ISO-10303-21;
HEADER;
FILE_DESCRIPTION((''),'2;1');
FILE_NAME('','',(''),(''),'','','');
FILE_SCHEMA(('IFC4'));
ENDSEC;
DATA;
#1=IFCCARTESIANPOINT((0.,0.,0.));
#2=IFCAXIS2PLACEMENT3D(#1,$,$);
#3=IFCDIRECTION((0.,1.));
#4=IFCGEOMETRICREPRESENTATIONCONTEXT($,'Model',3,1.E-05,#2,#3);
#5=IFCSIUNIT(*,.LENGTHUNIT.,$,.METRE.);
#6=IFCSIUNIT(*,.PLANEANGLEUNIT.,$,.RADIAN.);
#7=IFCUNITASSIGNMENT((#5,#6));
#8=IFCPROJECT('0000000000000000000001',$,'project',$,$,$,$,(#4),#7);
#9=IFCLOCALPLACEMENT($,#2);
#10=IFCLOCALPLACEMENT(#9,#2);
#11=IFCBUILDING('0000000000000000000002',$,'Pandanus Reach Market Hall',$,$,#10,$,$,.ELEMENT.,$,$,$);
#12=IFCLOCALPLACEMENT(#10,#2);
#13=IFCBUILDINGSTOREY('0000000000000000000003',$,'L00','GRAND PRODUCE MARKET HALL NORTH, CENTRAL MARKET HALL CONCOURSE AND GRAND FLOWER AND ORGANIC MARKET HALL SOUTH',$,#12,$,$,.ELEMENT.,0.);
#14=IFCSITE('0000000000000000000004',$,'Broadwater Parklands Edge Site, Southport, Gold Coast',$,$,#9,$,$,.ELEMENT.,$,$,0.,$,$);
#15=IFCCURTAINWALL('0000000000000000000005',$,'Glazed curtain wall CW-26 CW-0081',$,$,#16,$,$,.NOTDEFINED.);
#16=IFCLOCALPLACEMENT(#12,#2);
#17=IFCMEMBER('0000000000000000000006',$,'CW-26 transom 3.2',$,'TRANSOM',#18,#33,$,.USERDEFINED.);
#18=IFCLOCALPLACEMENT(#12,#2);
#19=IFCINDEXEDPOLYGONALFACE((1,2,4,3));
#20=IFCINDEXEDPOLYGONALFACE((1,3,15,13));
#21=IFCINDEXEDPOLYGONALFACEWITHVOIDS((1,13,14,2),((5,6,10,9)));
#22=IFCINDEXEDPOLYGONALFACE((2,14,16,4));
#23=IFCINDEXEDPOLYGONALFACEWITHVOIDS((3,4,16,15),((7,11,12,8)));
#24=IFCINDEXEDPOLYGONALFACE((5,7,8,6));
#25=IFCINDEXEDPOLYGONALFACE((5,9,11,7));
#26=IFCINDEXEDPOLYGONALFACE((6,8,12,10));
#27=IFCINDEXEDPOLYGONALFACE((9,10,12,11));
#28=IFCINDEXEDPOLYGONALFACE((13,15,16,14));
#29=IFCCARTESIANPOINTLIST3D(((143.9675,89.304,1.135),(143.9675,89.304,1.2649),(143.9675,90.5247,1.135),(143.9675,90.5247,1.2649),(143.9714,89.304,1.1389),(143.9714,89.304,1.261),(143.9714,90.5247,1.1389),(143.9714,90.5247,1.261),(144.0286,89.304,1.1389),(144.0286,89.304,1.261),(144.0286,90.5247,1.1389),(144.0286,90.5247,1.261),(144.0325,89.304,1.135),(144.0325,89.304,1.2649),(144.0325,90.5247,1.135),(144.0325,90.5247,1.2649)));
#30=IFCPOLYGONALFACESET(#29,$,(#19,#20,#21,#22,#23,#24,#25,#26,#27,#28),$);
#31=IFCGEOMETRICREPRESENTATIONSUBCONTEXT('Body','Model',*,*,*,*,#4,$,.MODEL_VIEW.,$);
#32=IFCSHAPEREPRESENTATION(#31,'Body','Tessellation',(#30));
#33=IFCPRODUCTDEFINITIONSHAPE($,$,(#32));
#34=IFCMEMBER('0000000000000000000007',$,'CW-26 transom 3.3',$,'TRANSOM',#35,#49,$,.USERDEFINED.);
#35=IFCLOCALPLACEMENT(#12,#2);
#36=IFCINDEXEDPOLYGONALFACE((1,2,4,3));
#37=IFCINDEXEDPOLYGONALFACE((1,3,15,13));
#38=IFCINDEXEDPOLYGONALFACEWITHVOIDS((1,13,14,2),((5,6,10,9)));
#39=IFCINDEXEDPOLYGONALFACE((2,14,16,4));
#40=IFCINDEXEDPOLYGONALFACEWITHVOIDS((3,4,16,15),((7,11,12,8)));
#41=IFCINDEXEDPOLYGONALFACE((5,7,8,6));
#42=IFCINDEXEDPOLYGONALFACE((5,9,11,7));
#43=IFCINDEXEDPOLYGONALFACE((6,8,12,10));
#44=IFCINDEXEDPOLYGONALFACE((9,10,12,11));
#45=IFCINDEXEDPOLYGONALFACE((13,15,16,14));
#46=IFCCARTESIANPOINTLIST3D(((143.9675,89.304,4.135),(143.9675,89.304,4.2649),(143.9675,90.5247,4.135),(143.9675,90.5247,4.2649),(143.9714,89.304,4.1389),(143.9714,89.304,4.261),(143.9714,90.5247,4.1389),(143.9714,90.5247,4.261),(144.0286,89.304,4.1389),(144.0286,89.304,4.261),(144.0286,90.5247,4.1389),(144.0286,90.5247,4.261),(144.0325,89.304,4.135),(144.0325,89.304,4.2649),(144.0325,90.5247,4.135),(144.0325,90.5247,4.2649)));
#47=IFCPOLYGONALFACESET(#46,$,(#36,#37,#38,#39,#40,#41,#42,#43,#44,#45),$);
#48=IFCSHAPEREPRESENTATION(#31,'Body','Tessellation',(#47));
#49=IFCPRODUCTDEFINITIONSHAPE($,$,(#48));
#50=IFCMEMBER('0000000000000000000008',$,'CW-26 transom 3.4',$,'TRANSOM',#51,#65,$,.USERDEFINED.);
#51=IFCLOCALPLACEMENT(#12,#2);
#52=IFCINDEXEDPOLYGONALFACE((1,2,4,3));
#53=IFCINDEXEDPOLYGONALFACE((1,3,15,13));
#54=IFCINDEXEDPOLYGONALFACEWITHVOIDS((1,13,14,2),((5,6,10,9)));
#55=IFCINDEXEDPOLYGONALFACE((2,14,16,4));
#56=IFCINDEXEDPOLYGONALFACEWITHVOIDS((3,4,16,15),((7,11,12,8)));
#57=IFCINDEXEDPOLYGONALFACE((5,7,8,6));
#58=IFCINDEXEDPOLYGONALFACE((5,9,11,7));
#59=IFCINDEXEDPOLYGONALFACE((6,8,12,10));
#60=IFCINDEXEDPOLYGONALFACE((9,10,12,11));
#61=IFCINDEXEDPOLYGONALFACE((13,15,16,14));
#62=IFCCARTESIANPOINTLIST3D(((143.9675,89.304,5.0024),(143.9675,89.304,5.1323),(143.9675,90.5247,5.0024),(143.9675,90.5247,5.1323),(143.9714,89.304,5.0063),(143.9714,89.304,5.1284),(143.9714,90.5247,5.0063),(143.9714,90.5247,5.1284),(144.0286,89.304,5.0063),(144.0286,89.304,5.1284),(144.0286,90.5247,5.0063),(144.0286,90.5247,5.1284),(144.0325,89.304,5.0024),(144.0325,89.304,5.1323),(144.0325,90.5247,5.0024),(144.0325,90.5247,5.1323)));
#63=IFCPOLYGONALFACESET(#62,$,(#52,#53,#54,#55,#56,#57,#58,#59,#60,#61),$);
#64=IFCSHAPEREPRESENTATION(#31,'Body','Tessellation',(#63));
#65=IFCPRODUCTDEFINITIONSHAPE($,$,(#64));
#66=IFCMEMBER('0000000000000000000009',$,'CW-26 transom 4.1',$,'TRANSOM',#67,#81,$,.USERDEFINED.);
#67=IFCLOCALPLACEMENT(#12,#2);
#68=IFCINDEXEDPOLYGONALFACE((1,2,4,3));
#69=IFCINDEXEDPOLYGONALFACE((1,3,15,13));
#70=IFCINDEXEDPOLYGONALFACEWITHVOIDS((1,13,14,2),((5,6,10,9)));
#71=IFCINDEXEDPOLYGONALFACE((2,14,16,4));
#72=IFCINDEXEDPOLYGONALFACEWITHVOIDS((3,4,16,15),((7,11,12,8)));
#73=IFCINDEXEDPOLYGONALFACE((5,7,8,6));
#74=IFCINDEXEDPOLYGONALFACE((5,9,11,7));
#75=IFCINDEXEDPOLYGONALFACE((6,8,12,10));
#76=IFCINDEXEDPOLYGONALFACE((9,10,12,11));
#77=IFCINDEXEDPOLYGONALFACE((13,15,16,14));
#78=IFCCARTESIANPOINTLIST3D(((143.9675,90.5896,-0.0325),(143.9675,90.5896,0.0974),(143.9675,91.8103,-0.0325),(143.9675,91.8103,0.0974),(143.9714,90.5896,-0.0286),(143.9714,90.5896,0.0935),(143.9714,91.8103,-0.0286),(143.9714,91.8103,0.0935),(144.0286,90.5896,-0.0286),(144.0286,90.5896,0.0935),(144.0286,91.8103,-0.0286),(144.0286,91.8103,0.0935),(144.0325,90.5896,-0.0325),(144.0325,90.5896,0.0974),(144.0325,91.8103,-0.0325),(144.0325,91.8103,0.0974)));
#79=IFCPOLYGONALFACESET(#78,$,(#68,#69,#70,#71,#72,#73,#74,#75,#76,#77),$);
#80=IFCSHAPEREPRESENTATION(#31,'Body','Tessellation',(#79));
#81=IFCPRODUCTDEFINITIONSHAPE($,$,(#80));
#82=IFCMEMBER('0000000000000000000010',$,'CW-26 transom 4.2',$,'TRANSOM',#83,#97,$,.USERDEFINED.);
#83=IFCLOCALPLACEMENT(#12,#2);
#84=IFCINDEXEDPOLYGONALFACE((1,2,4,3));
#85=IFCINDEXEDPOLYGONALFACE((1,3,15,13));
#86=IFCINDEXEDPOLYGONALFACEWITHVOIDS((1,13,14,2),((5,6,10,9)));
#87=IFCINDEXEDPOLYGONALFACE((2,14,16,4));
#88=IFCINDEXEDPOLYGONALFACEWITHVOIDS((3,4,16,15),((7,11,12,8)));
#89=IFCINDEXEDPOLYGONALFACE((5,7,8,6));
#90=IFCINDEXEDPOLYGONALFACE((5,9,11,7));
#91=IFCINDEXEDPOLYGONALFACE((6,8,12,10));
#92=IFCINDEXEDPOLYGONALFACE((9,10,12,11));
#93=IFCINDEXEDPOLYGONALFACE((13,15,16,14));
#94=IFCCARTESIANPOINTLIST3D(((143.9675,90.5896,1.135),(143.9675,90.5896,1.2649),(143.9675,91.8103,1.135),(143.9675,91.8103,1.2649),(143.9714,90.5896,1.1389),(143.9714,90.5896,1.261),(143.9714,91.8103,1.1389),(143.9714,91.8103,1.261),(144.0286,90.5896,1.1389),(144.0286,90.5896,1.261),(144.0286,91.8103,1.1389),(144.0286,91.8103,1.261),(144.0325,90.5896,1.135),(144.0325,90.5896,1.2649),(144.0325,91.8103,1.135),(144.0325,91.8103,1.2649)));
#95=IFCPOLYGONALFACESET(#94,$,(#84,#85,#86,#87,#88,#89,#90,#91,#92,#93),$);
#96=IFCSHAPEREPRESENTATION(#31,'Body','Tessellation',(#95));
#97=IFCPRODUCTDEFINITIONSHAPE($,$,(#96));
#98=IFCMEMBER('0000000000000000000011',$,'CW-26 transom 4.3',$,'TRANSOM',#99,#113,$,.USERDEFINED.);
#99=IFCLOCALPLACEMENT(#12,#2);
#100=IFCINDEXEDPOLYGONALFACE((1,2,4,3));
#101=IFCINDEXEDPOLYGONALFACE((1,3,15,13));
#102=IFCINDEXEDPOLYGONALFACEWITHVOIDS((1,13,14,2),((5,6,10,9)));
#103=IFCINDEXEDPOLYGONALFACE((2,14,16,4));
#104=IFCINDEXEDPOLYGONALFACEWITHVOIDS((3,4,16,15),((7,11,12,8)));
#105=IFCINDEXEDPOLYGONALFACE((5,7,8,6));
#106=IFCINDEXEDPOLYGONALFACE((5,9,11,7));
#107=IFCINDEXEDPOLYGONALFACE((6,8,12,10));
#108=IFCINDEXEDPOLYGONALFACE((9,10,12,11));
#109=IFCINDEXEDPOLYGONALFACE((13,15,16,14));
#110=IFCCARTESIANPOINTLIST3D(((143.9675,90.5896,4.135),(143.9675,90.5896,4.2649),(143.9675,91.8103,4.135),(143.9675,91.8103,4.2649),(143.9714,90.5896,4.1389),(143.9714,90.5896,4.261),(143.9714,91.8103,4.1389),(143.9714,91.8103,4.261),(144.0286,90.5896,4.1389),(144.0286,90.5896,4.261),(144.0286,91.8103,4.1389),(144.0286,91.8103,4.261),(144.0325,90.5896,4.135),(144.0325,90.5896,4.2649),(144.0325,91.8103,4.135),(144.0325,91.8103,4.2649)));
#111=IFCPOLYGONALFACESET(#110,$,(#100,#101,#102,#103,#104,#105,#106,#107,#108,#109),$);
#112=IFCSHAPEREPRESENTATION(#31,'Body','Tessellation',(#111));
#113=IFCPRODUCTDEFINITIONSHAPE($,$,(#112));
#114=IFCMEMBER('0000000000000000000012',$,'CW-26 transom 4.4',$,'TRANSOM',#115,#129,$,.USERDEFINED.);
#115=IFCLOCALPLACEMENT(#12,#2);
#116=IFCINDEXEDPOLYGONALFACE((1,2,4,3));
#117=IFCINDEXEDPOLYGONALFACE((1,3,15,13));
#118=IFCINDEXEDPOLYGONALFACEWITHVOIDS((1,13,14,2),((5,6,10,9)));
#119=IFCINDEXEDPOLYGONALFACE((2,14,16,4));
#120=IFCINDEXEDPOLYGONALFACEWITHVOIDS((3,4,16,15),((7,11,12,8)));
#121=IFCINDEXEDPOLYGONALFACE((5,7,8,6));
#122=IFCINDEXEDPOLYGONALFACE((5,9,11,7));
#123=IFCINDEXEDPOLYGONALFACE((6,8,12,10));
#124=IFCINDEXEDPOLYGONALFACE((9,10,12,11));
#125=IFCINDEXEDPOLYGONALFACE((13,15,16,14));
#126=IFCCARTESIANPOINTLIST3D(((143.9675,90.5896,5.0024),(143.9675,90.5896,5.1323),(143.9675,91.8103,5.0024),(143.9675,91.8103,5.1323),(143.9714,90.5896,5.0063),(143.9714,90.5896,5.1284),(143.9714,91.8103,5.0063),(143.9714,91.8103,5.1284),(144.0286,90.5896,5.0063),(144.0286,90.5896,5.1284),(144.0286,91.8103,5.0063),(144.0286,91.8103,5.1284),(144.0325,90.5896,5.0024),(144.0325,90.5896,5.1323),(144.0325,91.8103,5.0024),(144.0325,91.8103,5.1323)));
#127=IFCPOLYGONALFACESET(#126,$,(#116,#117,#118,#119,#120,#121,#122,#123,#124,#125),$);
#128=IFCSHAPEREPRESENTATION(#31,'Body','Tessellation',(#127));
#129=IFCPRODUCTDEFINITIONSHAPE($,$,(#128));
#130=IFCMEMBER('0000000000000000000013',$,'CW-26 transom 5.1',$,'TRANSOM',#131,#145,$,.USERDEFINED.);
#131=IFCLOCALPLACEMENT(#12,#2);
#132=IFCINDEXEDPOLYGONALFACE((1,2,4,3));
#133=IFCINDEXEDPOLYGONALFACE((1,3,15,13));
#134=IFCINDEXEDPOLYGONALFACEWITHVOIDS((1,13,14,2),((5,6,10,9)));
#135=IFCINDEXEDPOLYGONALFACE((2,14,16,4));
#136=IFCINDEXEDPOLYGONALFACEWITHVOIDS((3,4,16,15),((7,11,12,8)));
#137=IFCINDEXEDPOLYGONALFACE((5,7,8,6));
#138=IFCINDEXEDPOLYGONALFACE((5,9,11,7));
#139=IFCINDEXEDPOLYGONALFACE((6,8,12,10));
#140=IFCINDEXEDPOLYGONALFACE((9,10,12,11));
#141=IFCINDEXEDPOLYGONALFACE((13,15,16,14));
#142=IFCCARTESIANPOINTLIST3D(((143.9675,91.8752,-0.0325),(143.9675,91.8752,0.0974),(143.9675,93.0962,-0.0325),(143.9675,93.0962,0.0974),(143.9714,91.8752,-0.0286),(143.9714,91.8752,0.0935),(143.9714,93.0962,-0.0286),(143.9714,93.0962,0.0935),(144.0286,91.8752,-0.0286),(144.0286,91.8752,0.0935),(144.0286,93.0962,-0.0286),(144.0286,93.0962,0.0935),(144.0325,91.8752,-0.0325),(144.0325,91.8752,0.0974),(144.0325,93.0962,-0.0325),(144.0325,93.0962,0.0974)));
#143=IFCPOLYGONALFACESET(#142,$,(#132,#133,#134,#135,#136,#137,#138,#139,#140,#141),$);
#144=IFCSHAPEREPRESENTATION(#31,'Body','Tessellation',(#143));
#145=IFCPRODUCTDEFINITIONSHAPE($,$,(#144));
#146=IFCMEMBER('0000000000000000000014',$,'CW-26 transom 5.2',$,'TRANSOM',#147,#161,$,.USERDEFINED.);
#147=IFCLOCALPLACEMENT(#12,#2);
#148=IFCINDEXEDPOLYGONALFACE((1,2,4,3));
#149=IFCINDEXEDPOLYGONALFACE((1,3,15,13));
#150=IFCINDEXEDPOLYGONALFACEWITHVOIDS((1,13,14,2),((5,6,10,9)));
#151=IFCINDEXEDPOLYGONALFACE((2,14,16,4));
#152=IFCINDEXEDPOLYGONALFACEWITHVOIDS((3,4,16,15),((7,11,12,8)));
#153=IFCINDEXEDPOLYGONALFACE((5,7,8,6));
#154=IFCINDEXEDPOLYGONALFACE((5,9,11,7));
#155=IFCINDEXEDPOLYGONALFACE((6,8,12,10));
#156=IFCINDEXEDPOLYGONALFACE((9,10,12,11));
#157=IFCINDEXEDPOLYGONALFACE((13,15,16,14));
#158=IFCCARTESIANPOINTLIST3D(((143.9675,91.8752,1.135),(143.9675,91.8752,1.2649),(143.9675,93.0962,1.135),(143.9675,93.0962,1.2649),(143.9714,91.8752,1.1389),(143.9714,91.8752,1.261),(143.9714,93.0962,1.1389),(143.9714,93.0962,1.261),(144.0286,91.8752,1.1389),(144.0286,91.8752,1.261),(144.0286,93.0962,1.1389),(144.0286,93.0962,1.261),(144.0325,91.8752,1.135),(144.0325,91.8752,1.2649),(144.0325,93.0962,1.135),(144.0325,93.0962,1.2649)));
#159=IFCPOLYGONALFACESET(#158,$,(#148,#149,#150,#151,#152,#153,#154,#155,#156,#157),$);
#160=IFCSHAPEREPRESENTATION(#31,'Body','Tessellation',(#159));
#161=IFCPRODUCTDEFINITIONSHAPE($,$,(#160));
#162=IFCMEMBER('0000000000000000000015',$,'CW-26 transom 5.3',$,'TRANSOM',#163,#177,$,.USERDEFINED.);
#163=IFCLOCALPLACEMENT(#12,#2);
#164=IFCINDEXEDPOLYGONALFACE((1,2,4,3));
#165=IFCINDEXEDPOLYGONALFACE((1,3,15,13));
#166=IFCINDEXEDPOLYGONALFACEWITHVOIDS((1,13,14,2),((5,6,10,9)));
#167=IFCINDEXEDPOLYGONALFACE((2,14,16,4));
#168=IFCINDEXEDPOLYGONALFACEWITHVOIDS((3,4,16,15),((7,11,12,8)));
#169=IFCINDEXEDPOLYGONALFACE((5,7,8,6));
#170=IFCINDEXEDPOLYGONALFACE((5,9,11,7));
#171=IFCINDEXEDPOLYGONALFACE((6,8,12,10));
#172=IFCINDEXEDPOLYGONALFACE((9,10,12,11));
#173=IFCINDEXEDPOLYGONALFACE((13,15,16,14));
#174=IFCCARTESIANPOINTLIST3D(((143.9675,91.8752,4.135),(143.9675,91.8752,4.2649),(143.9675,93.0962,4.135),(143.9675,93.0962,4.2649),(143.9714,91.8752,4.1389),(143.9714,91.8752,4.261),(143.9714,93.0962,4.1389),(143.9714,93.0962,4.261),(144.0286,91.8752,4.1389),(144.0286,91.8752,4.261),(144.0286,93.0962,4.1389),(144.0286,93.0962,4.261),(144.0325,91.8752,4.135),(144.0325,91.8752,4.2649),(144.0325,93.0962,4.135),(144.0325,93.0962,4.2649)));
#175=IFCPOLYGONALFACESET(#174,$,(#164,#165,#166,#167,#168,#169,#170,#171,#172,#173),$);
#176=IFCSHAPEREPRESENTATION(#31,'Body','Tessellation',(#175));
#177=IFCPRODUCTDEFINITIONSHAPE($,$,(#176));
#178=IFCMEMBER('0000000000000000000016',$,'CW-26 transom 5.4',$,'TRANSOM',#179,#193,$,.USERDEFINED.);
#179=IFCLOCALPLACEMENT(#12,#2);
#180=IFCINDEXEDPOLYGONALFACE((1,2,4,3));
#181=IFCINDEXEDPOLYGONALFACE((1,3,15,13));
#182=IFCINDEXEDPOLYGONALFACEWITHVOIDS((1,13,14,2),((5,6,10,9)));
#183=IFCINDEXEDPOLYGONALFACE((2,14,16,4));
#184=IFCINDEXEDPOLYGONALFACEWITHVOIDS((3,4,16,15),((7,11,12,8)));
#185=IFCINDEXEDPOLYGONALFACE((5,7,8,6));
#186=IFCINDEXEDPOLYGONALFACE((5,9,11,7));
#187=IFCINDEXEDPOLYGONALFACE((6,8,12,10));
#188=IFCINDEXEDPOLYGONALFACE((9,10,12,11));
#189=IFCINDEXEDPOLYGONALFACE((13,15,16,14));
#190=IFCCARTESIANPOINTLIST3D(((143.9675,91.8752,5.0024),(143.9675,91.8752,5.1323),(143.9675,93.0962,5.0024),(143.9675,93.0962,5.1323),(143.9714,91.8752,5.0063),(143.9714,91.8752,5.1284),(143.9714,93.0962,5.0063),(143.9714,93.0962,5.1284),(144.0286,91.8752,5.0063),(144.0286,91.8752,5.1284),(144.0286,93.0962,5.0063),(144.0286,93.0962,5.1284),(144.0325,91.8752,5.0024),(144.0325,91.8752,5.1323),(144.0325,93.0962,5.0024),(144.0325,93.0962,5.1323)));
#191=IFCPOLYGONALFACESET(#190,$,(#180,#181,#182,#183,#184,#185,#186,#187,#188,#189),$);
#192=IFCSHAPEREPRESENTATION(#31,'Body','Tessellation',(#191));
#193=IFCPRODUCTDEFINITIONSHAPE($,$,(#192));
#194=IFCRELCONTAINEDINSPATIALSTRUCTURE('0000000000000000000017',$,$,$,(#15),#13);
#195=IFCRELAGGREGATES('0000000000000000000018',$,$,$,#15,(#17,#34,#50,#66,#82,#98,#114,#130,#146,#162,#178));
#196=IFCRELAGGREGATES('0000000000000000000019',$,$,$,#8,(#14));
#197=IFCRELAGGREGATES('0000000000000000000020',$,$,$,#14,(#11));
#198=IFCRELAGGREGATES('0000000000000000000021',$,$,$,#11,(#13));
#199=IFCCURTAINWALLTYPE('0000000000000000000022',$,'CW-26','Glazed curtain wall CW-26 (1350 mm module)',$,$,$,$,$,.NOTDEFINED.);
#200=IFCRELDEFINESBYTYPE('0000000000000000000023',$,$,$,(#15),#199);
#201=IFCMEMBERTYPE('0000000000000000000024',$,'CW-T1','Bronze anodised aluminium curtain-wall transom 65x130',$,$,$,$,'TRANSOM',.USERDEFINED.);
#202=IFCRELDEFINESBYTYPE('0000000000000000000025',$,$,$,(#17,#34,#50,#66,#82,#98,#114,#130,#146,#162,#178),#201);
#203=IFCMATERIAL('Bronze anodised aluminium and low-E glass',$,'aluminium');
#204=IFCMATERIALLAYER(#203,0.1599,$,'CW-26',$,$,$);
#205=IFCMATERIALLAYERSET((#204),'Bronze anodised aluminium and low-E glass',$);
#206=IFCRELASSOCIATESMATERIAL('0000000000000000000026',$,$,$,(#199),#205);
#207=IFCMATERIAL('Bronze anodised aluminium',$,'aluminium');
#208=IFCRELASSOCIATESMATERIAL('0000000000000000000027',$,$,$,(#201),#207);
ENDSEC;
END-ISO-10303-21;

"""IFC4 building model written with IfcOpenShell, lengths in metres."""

from ifc_helpers import new_model, si_unit, direction, frame, origin, origin_2d, place, context, subcontext, project, spatial, hollow_rectangle, extrude, material, layer, layer_set, material_profile, profile_set, type_object, element, aggregate, save


model = new_model("IFC4")

# Units and contexts
model_context = context("Model", 3, precision=1e-05, world=origin(), true_north=direction((0.0, 1.0)))
body_context = subcontext(model_context, "Body", "Model", "MODEL_VIEW")
ifc_project = project(units=[si_unit("LENGTHUNIT", "METRE"), si_unit("PLANEANGLEUNIT", "RADIAN")], contexts=[model_context])

# Site, building, storey
site_placement = place(None, origin())
site = spatial("IfcSite", under=ifc_project, at=site_placement, Name="Broadwater Parklands Edge Site, Southport, Gold Coast", CompositionType="ELEMENT", RefElevation=0.0)
building_placement = place(site_placement, origin())
building = spatial("IfcBuilding", under=site, at=building_placement, Name="Pandanus Reach Market Hall", CompositionType="ELEMENT")
storey_placement = place(building_placement, origin())
storey = spatial("IfcBuildingStorey", under=building, at=storey_placement, Name="L00", Description="GRAND PRODUCE MARKET HALL NORTH, CENTRAL MARKET HALL CONCOURSE AND GRAND FLOWER AND ORGANIC MARKET HALL SOUTH", CompositionType="ELEMENT", Elevation=0.0)

# Curtain wall, members
ifc_material_1 = material(Name="Bronze anodised aluminium and low-E glass", Category="aluminium")
ifc_layer_1 = layer(ifc_material_1, 0.1599, Name="CW-26")
ifc_layer_set_1 = layer_set([ifc_layer_1], Name="Bronze anodised aluminium and low-E glass")
curtain_wall_type = type_object("IfcCurtainWallType", Name="CW-26", Description="Glazed curtain wall CW-26 (1350 mm module)", PredefinedType="NOTDEFINED", material=ifc_layer_set_1)
curtain_wall_placement = place(storey_placement, origin())
curtain_wall = element("IfcCurtainWall", 1, at=curtain_wall_placement, inside=storey, type_object=curtain_wall_type, Name="Glazed curtain wall CW-26 CW-0081", PredefinedType="NOTDEFINED")
ifc_material_2 = material(Name="Bronze anodised aluminium", Category="aluminium")
ifc_material_profile_1 = material_profile(ifc_material_2, hollow_rectangle(XDim=0.0649, YDim=0.1299, WallThickness=0.0039, at=origin_2d()), Name="ALU65x130", Category="LoadBearing")
ifc_profile_set_1 = profile_set([ifc_material_profile_1], Name="Bronze anodised aluminium")
member_type_1 = type_object("IfcMemberType", Name="CW-T1", Description="Bronze anodised aluminium curtain-wall transom 65x130", ElementType="TRANSOM", PredefinedType="USERDEFINED", material=ifc_profile_set_1)
member_1_placement = place(storey_placement, frame((144.0, 89.304, 1.2), z_axis=(0.0, 1.0, 0.0), x_axis=(-1.0, 0.0, 0.0)))
member_1 = element("IfcMember", 2, at=member_1_placement, type_object=member_type_1, Name="CW-26 transom 3.2", ObjectType="TRANSOM", PredefinedType="USERDEFINED", context=body_context, shape_type="SweptSolid", body=[
    extrude(hollow_rectangle(XDim=0.0649, YDim=0.1299, WallThickness=0.0039, at=origin_2d()), origin(), (0.0, 0.0, 1.0), 1.2207),
])
member_2_placement = place(storey_placement, frame((144.0, 89.304, 4.2), z_axis=(0.0, 1.0, 0.0), x_axis=(-1.0, 0.0, 0.0)))
member_2 = element("IfcMember", 3, at=member_2_placement, type_object=member_type_1, Name="CW-26 transom 3.3", ObjectType="TRANSOM", PredefinedType="USERDEFINED", context=body_context, shape_type="SweptSolid", body=[
    extrude(hollow_rectangle(XDim=0.0649, YDim=0.1299, WallThickness=0.0039, at=origin_2d()), origin(), (0.0, 0.0, 1.0), 1.2207),
])
member_3_placement = place(storey_placement, frame((144.0, 89.304, 5.0674), z_axis=(0.0, 1.0, 0.0), x_axis=(-1.0, 0.0, 0.0)))
member_3 = element("IfcMember", 4, at=member_3_placement, type_object=member_type_1, Name="CW-26 transom 3.4", ObjectType="TRANSOM", PredefinedType="USERDEFINED", context=body_context, shape_type="SweptSolid", body=[
    extrude(hollow_rectangle(XDim=0.0649, YDim=0.1299, WallThickness=0.0039, at=origin_2d()), origin(), (0.0, 0.0, 1.0), 1.2207),
])
member_4_placement = place(storey_placement, frame((144.0, 90.5896, 0.0325), z_axis=(0.0, 1.0, 0.0), x_axis=(-1.0, 0.0, 0.0)))
member_4 = element("IfcMember", 5, at=member_4_placement, type_object=member_type_1, Name="CW-26 transom 4.1", ObjectType="TRANSOM", PredefinedType="USERDEFINED", context=body_context, shape_type="SweptSolid", body=[
    extrude(hollow_rectangle(XDim=0.0649, YDim=0.1299, WallThickness=0.0039, at=origin_2d()), origin(), (0.0, 0.0, 1.0), 1.2207),
])
member_5_placement = place(storey_placement, frame((144.0, 90.5896, 1.2), z_axis=(0.0, 1.0, 0.0), x_axis=(-1.0, 0.0, 0.0)))
member_5 = element("IfcMember", 6, at=member_5_placement, type_object=member_type_1, Name="CW-26 transom 4.2", ObjectType="TRANSOM", PredefinedType="USERDEFINED", context=body_context, shape_type="SweptSolid", body=[
    extrude(hollow_rectangle(XDim=0.0649, YDim=0.1299, WallThickness=0.0039, at=origin_2d()), origin(), (0.0, 0.0, 1.0), 1.2207),
])
member_6_placement = place(storey_placement, frame((144.0, 90.5896, 4.2), z_axis=(0.0, 1.0, 0.0), x_axis=(-1.0, 0.0, 0.0)))
member_6 = element("IfcMember", 7, at=member_6_placement, type_object=member_type_1, Name="CW-26 transom 4.3", ObjectType="TRANSOM", PredefinedType="USERDEFINED", context=body_context, shape_type="SweptSolid", body=[
    extrude(hollow_rectangle(XDim=0.0649, YDim=0.1299, WallThickness=0.0039, at=origin_2d()), origin(), (0.0, 0.0, 1.0), 1.2207),
])
member_7_placement = place(storey_placement, frame((144.0, 90.5896, 5.0674), z_axis=(0.0, 1.0, 0.0), x_axis=(-1.0, 0.0, 0.0)))
member_7 = element("IfcMember", 8, at=member_7_placement, type_object=member_type_1, Name="CW-26 transom 4.4", ObjectType="TRANSOM", PredefinedType="USERDEFINED", context=body_context, shape_type="SweptSolid", body=[
    extrude(hollow_rectangle(XDim=0.0649, YDim=0.1299, WallThickness=0.0039, at=origin_2d()), origin(), (0.0, 0.0, 1.0), 1.2207),
])
member_8_placement = place(storey_placement, frame((144.0, 91.8752, 0.0325), z_axis=(0.0, 1.0, 0.0), x_axis=(-1.0, 0.0, 0.0)))
member_8 = element("IfcMember", 9, at=member_8_placement, type_object=member_type_1, Name="CW-26 transom 5.1", ObjectType="TRANSOM", PredefinedType="USERDEFINED", context=body_context, shape_type="SweptSolid", body=[
    extrude(hollow_rectangle(XDim=0.0649, YDim=0.1299, WallThickness=0.0039, at=origin_2d()), origin(), (0.0, 0.0, 1.0), 1.2209),
])
member_9_placement = place(storey_placement, frame((144.0, 91.8752, 1.2), z_axis=(0.0, 1.0, 0.0), x_axis=(-1.0, 0.0, 0.0)))
member_9 = element("IfcMember", 10, at=member_9_placement, type_object=member_type_1, Name="CW-26 transom 5.2", ObjectType="TRANSOM", PredefinedType="USERDEFINED", context=body_context, shape_type="SweptSolid", body=[
    extrude(hollow_rectangle(XDim=0.0649, YDim=0.1299, WallThickness=0.0039, at=origin_2d()), origin(), (0.0, 0.0, 1.0), 1.2209),
])
member_10_placement = place(storey_placement, frame((144.0, 91.8752, 4.2), z_axis=(0.0, 1.0, 0.0), x_axis=(-1.0, 0.0, 0.0)))
member_10 = element("IfcMember", 11, at=member_10_placement, type_object=member_type_1, Name="CW-26 transom 5.3", ObjectType="TRANSOM", PredefinedType="USERDEFINED", context=body_context, shape_type="SweptSolid", body=[
    extrude(hollow_rectangle(XDim=0.0649, YDim=0.1299, WallThickness=0.0039, at=origin_2d()), origin(), (0.0, 0.0, 1.0), 1.2209),
])
member_11_placement = place(storey_placement, frame((144.0, 91.8752, 5.0674), z_axis=(0.0, 1.0, 0.0), x_axis=(-1.0, 0.0, 0.0)))
member_11 = element("IfcMember", 12, at=member_11_placement, type_object=member_type_1, Name="CW-26 transom 5.4", ObjectType="TRANSOM", PredefinedType="USERDEFINED", context=body_context, shape_type="SweptSolid", body=[
    extrude(hollow_rectangle(XDim=0.0649, YDim=0.1299, WallThickness=0.0039, at=origin_2d()), origin(), (0.0, 0.0, 1.0), 1.2209),
])
aggregate(curtain_wall, [member_1, member_2, member_3, member_4, member_5, member_6, member_7, member_8, member_9, member_10, member_11])

save(model, "model.ifc")
